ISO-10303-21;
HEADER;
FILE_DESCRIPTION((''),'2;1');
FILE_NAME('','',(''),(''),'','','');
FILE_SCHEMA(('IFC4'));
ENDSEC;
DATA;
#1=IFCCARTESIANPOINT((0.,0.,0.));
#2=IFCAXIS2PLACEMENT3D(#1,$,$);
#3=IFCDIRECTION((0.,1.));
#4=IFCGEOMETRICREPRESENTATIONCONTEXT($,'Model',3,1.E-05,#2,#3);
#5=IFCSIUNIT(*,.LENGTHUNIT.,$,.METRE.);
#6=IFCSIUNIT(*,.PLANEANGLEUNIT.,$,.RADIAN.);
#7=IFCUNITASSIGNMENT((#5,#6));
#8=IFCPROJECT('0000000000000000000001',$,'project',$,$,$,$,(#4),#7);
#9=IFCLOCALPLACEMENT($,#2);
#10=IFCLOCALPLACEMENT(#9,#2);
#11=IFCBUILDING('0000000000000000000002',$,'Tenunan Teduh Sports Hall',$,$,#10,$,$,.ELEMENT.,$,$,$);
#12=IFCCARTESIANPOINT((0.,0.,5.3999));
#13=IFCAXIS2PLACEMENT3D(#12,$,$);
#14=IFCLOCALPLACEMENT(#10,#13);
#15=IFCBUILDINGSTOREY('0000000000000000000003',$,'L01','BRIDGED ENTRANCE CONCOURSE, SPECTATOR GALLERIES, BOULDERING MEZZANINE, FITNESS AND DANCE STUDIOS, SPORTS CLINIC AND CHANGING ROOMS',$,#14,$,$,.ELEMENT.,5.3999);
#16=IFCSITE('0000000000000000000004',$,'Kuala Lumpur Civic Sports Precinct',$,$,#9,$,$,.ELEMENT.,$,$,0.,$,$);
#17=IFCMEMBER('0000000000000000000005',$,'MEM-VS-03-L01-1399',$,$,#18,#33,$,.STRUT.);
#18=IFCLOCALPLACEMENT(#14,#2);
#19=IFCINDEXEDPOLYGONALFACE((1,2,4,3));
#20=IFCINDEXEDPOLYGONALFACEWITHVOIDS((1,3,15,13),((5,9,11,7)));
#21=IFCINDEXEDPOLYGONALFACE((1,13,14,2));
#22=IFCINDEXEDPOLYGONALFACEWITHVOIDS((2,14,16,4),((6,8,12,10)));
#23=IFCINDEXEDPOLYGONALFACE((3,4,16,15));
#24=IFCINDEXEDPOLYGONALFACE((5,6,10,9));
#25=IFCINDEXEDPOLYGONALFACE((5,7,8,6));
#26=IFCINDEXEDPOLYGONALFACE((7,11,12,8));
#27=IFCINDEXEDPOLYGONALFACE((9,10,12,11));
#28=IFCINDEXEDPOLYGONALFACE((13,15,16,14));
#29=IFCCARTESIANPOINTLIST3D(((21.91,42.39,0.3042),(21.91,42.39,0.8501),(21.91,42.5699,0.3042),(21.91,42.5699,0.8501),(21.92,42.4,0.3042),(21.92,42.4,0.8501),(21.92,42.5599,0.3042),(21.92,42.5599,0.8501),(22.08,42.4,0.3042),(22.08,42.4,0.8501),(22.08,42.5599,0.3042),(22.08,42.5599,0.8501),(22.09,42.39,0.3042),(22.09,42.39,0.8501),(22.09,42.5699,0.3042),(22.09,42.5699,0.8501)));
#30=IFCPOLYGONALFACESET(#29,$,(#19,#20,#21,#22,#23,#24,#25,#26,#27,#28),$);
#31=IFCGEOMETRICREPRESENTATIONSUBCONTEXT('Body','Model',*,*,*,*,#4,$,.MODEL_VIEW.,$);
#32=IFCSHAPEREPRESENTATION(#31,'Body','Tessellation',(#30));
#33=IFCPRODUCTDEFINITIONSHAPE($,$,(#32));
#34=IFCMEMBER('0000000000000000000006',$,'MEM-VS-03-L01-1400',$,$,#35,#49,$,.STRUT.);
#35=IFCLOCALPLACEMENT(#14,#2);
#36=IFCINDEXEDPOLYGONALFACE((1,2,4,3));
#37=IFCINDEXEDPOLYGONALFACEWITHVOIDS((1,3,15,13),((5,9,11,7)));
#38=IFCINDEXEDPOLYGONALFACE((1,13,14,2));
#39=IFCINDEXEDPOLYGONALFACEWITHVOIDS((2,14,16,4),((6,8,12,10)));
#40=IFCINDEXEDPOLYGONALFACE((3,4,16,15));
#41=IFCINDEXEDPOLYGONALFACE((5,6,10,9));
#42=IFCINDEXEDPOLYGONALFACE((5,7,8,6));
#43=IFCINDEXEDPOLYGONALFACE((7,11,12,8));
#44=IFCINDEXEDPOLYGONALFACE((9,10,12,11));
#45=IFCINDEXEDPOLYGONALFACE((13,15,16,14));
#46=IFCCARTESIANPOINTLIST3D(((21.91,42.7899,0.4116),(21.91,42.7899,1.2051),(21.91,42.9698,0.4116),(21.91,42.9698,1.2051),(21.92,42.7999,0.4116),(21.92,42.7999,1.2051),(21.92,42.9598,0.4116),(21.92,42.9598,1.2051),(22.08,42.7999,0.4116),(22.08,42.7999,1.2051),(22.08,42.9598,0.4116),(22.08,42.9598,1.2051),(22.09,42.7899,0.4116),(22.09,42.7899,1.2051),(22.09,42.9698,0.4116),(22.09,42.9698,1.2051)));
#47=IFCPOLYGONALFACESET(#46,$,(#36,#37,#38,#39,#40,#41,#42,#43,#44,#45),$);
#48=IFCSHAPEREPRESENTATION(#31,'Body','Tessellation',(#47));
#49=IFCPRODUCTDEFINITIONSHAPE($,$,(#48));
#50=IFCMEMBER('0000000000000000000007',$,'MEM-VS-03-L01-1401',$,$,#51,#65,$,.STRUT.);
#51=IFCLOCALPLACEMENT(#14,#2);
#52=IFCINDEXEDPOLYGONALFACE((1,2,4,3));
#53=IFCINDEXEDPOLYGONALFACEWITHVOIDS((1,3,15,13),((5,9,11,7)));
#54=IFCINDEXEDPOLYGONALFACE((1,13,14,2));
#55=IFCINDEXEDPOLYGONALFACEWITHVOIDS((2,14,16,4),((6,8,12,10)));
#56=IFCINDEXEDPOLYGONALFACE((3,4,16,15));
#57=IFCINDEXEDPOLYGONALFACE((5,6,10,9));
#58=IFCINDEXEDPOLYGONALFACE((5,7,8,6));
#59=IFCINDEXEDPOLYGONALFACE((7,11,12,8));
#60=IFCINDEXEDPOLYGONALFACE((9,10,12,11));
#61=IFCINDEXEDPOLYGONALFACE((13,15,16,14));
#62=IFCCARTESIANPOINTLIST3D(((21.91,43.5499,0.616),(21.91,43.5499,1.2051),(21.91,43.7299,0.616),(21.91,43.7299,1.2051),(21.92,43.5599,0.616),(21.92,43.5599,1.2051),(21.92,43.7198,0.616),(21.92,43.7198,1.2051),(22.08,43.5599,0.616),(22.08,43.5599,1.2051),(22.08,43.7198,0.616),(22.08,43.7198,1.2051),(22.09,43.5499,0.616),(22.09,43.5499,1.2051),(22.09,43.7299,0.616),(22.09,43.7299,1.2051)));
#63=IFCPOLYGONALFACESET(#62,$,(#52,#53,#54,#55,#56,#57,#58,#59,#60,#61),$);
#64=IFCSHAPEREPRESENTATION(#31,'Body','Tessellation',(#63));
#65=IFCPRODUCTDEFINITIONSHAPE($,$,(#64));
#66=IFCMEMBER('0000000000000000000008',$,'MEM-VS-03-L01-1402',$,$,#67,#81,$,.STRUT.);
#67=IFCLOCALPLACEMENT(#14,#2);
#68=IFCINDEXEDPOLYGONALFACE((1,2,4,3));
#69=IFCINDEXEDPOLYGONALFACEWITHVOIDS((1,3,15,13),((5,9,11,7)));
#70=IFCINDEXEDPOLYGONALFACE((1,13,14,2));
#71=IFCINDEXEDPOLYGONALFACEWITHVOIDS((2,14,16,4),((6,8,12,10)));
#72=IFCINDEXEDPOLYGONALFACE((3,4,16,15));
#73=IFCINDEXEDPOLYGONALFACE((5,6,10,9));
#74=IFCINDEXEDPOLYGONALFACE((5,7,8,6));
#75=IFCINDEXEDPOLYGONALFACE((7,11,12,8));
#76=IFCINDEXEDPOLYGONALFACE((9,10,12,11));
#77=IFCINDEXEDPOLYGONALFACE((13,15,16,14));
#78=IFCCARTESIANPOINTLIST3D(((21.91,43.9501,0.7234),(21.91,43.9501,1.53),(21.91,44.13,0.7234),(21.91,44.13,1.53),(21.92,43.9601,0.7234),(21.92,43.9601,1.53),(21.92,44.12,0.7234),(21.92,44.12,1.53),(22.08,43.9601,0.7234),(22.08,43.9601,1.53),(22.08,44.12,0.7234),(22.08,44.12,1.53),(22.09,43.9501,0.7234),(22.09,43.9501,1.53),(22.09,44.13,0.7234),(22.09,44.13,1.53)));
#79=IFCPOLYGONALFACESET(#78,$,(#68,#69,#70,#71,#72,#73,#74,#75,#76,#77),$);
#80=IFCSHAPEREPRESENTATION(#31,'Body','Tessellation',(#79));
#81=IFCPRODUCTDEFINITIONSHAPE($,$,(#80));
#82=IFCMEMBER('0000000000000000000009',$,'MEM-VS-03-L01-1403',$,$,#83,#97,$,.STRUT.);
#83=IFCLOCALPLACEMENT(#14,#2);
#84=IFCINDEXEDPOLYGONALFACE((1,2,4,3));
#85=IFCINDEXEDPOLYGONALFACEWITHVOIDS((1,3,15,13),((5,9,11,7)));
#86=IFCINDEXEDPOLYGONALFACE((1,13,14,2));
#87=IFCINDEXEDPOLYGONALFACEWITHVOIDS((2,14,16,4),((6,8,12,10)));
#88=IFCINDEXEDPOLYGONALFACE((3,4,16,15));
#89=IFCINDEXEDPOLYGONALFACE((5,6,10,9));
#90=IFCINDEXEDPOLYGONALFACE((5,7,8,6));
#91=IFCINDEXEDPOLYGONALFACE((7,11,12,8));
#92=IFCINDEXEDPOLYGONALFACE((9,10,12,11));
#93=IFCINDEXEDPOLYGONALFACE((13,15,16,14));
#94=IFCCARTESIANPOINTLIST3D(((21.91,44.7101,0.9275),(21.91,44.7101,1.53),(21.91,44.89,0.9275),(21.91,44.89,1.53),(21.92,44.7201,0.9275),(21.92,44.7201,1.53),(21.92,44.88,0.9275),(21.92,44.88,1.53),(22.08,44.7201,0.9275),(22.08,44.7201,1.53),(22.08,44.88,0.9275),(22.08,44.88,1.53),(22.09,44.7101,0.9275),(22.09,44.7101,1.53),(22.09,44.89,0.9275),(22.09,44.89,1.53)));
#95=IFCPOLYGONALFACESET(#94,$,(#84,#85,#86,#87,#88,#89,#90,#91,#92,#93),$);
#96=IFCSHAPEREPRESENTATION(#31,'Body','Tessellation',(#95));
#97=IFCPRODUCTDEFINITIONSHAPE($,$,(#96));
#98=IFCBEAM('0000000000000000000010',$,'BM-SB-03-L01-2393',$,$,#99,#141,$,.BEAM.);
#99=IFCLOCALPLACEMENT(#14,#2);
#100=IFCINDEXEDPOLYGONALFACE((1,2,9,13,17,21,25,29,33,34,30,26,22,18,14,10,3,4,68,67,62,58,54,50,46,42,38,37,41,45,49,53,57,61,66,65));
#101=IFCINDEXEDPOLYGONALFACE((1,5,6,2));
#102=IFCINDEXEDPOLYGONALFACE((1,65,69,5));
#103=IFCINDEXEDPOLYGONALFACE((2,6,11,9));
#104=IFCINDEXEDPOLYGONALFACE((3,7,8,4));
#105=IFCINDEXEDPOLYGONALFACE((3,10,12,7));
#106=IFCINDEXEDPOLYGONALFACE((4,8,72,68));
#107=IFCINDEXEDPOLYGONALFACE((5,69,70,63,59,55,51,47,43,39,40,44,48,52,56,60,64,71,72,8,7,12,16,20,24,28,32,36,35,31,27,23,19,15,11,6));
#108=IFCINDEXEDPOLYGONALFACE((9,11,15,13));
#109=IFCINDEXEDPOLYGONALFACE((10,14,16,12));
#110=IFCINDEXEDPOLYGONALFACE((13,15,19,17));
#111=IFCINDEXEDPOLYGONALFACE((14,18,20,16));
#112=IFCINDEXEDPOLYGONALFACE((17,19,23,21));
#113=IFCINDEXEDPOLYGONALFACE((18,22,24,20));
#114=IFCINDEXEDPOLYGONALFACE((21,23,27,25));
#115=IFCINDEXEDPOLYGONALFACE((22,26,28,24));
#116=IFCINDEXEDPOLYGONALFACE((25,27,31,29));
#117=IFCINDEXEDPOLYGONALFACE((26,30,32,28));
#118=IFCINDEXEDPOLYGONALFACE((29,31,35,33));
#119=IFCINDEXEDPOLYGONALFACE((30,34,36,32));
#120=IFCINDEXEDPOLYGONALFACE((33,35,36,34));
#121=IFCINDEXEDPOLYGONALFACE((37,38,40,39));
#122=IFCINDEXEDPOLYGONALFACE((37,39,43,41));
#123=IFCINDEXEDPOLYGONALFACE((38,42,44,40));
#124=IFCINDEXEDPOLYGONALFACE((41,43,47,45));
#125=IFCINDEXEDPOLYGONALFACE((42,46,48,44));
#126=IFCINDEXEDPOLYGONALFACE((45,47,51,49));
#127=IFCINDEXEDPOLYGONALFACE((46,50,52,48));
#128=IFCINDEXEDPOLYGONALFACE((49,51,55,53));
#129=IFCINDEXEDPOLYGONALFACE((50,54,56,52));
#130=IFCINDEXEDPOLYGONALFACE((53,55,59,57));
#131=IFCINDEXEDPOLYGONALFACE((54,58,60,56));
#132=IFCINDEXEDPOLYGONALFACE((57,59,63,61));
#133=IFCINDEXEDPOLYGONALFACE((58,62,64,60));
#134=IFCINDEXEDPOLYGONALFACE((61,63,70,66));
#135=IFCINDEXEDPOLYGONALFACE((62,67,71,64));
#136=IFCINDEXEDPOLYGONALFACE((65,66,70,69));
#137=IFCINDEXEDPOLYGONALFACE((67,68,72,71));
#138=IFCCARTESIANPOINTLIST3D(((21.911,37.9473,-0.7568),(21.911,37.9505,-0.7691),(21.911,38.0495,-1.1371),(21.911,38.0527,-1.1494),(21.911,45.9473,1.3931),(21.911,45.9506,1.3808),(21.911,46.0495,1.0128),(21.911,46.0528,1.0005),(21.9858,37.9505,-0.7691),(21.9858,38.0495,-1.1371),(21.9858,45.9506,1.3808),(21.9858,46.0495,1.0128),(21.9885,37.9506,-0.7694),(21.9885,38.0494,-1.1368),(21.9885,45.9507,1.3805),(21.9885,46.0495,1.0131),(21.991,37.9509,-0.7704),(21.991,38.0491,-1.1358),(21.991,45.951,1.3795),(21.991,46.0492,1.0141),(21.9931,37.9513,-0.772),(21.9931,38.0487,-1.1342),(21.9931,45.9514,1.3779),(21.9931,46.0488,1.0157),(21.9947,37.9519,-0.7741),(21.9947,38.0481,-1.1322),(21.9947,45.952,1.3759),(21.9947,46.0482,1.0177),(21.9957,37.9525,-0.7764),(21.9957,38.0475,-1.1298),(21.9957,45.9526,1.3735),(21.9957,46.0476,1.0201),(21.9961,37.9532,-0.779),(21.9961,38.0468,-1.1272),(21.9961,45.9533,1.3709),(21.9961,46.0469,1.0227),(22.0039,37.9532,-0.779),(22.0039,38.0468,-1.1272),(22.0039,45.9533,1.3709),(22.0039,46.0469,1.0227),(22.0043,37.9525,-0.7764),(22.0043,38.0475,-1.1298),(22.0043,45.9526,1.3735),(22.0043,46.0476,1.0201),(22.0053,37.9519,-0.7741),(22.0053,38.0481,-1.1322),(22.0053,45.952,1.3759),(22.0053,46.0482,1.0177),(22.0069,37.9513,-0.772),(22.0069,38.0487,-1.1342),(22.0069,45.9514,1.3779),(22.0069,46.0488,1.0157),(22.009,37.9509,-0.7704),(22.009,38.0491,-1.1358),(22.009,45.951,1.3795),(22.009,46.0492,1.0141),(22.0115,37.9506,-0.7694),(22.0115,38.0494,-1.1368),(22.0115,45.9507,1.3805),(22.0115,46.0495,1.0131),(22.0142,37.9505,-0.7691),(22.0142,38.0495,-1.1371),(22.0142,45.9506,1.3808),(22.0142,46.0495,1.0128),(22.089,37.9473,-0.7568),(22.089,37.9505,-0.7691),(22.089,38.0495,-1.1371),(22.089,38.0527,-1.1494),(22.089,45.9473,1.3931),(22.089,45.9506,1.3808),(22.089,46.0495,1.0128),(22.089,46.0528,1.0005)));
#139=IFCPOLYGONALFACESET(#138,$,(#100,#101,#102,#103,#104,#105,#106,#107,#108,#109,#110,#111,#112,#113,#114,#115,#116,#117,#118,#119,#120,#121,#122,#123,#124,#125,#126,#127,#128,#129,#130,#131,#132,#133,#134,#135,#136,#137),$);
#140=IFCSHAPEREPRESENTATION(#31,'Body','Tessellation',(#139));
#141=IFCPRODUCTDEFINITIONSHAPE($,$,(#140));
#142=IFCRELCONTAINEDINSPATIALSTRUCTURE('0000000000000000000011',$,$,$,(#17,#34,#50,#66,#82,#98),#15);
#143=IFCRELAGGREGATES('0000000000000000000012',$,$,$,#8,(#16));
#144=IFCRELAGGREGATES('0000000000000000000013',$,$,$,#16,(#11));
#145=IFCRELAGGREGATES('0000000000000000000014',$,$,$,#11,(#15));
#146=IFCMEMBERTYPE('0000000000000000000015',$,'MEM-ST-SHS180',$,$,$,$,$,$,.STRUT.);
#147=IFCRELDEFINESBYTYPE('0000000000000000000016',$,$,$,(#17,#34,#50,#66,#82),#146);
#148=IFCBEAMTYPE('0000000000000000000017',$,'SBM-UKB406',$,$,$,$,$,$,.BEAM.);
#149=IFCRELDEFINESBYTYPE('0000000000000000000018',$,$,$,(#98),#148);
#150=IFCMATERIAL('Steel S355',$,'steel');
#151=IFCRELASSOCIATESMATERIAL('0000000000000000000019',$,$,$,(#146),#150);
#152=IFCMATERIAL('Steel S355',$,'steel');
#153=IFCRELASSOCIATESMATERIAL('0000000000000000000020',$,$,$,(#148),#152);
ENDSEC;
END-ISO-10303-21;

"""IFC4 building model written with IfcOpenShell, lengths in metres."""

from ifc_helpers import new_model, si_unit, direction, frame, origin, origin_2d, place, context, subcontext, project, spatial, hollow_rectangle, i_section, extrude, material, material_profile, profile_set, type_object, element, save


model = new_model("IFC4")

# Units and contexts
model_context = context("Model", 3, precision=1e-05, world=origin(), true_north=direction((0.0, 1.0)))
body_context = subcontext(model_context, "Body", "Model", "MODEL_VIEW")
ifc_project = project(units=[si_unit("LENGTHUNIT", "METRE"), si_unit("PLANEANGLEUNIT", "RADIAN")], contexts=[model_context])

# Site, building, storey
site_placement = place(None, origin())
site = spatial("IfcSite", under=ifc_project, at=site_placement, Name="Kuala Lumpur Civic Sports Precinct", CompositionType="ELEMENT", RefElevation=0.0)
building_placement = place(site_placement, origin())
building = spatial("IfcBuilding", under=site, at=building_placement, Name="Tenunan Teduh Sports Hall", CompositionType="ELEMENT")
storey_placement = place(building_placement, frame((0.0, 0.0, 5.3999)))
storey = spatial("IfcBuildingStorey", under=building, at=storey_placement, Name="L01", Description="BRIDGED ENTRANCE CONCOURSE, SPECTATOR GALLERIES, BOULDERING MEZZANINE, FITNESS AND DANCE STUDIOS, SPORTS CLINIC AND CHANGING ROOMS", CompositionType="ELEMENT", Elevation=5.3999)

# Members
ifc_material_1 = material(Name="Steel S355", Category="steel")
ifc_material_profile_1 = material_profile(ifc_material_1, hollow_rectangle(XDim=0.1799, YDim=0.1799, WallThickness=0.01, at=origin_2d()), Name="SHS 180x180x10.0")
ifc_profile_set_1 = profile_set([ifc_material_profile_1], Name="Steel S355")
member_type = type_object("IfcMemberType", Name="MEM-ST-SHS180", PredefinedType="STRUT", material=ifc_profile_set_1)
member_1_placement = place(storey_placement, frame((22.0, 42.48, 0.3042), z_axis=(0.0, 0.0, 1.0), x_axis=(1.0, 0.0, 0.0)))
element("IfcMember", 1, at=member_1_placement, inside=storey, type_object=member_type, Name="MEM-VS-03-L01-1399", PredefinedType="STRUT", context=body_context, shape_type="SweptSolid", body=[
    extrude(hollow_rectangle(XDim=0.1799, YDim=0.1799, WallThickness=0.01, at=origin_2d()), origin(), (0.0, 0.0, 1.0), 0.5459),
])
member_2_placement = place(storey_placement, frame((22.0, 42.8799, 0.4116), z_axis=(0.0, 0.0, 1.0), x_axis=(1.0, 0.0, 0.0)))
element("IfcMember", 2, at=member_2_placement, inside=storey, type_object=member_type, Name="MEM-VS-03-L01-1400", PredefinedType="STRUT", context=body_context, shape_type="SweptSolid", body=[
    extrude(hollow_rectangle(XDim=0.1799, YDim=0.1799, WallThickness=0.01, at=origin_2d()), origin(), (0.0, 0.0, 1.0), 0.7935),
])
member_3_placement = place(storey_placement, frame((22.0, 43.6399, 0.616), z_axis=(0.0, 0.0, 1.0), x_axis=(1.0, 0.0, 0.0)))
element("IfcMember", 3, at=member_3_placement, inside=storey, type_object=member_type, Name="MEM-VS-03-L01-1401", PredefinedType="STRUT", context=body_context, shape_type="SweptSolid", body=[
    extrude(hollow_rectangle(XDim=0.1799, YDim=0.1799, WallThickness=0.01, at=origin_2d()), origin(), (0.0, 0.0, 1.0), 0.5891),
])
member_4_placement = place(storey_placement, frame((22.0, 44.04, 0.7234), z_axis=(0.0, 0.0, 1.0), x_axis=(1.0, 0.0, 0.0)))
element("IfcMember", 4, at=member_4_placement, inside=storey, type_object=member_type, Name="MEM-VS-03-L01-1402", PredefinedType="STRUT", context=body_context, shape_type="SweptSolid", body=[
    extrude(hollow_rectangle(XDim=0.1799, YDim=0.1799, WallThickness=0.01, at=origin_2d()), origin(), (0.0, 0.0, 1.0), 0.8066),
])
member_5_placement = place(storey_placement, frame((22.0, 44.8, 0.9275), z_axis=(0.0, 0.0, 1.0), x_axis=(1.0, 0.0, 0.0)))
element("IfcMember", 5, at=member_5_placement, inside=storey, type_object=member_type, Name="MEM-VS-03-L01-1403", PredefinedType="STRUT", context=body_context, shape_type="SweptSolid", body=[
    extrude(hollow_rectangle(XDim=0.1799, YDim=0.1799, WallThickness=0.01, at=origin_2d()), origin(), (0.0, 0.0, 1.0), 0.6025),
])

# Beam
ifc_material_2 = material(Name="Steel S355", Category="steel")
ifc_material_profile_2 = material_profile(ifc_material_2, i_section(OverallWidth=0.178, OverallDepth=0.4065, WebThickness=0.0078, FlangeThickness=0.0127, FilletRadius=0.0103, at=origin_2d()), Name="UKB 406x178x60")
ifc_profile_set_2 = profile_set([ifc_material_profile_2], Name="Steel S355")
beam_type_1 = type_object("IfcBeamType", Name="SBM-UKB406", PredefinedType="BEAM", material=ifc_profile_set_2)
beam_1_placement = place(storey_placement, frame((22.0, 38.0, -0.9531), z_axis=(0.0, 0.965735, 0.25953), x_axis=(-1.0, 0.0, 0.0)))
element("IfcBeam", 6, at=beam_1_placement, inside=storey, type_object=beam_type_1, Name="BM-SB-03-L01-2393", PredefinedType="BEAM", context=body_context, shape_type="SweptSolid", body=[
    extrude(i_section(OverallWidth=0.178, OverallDepth=0.4065, WebThickness=0.0078, FlangeThickness=0.0127, FilletRadius=0.0103, at=origin_2d()), origin(), (0.0, 0.0, 1.0), 8.2839),
])

save(model, "model.ifc")
